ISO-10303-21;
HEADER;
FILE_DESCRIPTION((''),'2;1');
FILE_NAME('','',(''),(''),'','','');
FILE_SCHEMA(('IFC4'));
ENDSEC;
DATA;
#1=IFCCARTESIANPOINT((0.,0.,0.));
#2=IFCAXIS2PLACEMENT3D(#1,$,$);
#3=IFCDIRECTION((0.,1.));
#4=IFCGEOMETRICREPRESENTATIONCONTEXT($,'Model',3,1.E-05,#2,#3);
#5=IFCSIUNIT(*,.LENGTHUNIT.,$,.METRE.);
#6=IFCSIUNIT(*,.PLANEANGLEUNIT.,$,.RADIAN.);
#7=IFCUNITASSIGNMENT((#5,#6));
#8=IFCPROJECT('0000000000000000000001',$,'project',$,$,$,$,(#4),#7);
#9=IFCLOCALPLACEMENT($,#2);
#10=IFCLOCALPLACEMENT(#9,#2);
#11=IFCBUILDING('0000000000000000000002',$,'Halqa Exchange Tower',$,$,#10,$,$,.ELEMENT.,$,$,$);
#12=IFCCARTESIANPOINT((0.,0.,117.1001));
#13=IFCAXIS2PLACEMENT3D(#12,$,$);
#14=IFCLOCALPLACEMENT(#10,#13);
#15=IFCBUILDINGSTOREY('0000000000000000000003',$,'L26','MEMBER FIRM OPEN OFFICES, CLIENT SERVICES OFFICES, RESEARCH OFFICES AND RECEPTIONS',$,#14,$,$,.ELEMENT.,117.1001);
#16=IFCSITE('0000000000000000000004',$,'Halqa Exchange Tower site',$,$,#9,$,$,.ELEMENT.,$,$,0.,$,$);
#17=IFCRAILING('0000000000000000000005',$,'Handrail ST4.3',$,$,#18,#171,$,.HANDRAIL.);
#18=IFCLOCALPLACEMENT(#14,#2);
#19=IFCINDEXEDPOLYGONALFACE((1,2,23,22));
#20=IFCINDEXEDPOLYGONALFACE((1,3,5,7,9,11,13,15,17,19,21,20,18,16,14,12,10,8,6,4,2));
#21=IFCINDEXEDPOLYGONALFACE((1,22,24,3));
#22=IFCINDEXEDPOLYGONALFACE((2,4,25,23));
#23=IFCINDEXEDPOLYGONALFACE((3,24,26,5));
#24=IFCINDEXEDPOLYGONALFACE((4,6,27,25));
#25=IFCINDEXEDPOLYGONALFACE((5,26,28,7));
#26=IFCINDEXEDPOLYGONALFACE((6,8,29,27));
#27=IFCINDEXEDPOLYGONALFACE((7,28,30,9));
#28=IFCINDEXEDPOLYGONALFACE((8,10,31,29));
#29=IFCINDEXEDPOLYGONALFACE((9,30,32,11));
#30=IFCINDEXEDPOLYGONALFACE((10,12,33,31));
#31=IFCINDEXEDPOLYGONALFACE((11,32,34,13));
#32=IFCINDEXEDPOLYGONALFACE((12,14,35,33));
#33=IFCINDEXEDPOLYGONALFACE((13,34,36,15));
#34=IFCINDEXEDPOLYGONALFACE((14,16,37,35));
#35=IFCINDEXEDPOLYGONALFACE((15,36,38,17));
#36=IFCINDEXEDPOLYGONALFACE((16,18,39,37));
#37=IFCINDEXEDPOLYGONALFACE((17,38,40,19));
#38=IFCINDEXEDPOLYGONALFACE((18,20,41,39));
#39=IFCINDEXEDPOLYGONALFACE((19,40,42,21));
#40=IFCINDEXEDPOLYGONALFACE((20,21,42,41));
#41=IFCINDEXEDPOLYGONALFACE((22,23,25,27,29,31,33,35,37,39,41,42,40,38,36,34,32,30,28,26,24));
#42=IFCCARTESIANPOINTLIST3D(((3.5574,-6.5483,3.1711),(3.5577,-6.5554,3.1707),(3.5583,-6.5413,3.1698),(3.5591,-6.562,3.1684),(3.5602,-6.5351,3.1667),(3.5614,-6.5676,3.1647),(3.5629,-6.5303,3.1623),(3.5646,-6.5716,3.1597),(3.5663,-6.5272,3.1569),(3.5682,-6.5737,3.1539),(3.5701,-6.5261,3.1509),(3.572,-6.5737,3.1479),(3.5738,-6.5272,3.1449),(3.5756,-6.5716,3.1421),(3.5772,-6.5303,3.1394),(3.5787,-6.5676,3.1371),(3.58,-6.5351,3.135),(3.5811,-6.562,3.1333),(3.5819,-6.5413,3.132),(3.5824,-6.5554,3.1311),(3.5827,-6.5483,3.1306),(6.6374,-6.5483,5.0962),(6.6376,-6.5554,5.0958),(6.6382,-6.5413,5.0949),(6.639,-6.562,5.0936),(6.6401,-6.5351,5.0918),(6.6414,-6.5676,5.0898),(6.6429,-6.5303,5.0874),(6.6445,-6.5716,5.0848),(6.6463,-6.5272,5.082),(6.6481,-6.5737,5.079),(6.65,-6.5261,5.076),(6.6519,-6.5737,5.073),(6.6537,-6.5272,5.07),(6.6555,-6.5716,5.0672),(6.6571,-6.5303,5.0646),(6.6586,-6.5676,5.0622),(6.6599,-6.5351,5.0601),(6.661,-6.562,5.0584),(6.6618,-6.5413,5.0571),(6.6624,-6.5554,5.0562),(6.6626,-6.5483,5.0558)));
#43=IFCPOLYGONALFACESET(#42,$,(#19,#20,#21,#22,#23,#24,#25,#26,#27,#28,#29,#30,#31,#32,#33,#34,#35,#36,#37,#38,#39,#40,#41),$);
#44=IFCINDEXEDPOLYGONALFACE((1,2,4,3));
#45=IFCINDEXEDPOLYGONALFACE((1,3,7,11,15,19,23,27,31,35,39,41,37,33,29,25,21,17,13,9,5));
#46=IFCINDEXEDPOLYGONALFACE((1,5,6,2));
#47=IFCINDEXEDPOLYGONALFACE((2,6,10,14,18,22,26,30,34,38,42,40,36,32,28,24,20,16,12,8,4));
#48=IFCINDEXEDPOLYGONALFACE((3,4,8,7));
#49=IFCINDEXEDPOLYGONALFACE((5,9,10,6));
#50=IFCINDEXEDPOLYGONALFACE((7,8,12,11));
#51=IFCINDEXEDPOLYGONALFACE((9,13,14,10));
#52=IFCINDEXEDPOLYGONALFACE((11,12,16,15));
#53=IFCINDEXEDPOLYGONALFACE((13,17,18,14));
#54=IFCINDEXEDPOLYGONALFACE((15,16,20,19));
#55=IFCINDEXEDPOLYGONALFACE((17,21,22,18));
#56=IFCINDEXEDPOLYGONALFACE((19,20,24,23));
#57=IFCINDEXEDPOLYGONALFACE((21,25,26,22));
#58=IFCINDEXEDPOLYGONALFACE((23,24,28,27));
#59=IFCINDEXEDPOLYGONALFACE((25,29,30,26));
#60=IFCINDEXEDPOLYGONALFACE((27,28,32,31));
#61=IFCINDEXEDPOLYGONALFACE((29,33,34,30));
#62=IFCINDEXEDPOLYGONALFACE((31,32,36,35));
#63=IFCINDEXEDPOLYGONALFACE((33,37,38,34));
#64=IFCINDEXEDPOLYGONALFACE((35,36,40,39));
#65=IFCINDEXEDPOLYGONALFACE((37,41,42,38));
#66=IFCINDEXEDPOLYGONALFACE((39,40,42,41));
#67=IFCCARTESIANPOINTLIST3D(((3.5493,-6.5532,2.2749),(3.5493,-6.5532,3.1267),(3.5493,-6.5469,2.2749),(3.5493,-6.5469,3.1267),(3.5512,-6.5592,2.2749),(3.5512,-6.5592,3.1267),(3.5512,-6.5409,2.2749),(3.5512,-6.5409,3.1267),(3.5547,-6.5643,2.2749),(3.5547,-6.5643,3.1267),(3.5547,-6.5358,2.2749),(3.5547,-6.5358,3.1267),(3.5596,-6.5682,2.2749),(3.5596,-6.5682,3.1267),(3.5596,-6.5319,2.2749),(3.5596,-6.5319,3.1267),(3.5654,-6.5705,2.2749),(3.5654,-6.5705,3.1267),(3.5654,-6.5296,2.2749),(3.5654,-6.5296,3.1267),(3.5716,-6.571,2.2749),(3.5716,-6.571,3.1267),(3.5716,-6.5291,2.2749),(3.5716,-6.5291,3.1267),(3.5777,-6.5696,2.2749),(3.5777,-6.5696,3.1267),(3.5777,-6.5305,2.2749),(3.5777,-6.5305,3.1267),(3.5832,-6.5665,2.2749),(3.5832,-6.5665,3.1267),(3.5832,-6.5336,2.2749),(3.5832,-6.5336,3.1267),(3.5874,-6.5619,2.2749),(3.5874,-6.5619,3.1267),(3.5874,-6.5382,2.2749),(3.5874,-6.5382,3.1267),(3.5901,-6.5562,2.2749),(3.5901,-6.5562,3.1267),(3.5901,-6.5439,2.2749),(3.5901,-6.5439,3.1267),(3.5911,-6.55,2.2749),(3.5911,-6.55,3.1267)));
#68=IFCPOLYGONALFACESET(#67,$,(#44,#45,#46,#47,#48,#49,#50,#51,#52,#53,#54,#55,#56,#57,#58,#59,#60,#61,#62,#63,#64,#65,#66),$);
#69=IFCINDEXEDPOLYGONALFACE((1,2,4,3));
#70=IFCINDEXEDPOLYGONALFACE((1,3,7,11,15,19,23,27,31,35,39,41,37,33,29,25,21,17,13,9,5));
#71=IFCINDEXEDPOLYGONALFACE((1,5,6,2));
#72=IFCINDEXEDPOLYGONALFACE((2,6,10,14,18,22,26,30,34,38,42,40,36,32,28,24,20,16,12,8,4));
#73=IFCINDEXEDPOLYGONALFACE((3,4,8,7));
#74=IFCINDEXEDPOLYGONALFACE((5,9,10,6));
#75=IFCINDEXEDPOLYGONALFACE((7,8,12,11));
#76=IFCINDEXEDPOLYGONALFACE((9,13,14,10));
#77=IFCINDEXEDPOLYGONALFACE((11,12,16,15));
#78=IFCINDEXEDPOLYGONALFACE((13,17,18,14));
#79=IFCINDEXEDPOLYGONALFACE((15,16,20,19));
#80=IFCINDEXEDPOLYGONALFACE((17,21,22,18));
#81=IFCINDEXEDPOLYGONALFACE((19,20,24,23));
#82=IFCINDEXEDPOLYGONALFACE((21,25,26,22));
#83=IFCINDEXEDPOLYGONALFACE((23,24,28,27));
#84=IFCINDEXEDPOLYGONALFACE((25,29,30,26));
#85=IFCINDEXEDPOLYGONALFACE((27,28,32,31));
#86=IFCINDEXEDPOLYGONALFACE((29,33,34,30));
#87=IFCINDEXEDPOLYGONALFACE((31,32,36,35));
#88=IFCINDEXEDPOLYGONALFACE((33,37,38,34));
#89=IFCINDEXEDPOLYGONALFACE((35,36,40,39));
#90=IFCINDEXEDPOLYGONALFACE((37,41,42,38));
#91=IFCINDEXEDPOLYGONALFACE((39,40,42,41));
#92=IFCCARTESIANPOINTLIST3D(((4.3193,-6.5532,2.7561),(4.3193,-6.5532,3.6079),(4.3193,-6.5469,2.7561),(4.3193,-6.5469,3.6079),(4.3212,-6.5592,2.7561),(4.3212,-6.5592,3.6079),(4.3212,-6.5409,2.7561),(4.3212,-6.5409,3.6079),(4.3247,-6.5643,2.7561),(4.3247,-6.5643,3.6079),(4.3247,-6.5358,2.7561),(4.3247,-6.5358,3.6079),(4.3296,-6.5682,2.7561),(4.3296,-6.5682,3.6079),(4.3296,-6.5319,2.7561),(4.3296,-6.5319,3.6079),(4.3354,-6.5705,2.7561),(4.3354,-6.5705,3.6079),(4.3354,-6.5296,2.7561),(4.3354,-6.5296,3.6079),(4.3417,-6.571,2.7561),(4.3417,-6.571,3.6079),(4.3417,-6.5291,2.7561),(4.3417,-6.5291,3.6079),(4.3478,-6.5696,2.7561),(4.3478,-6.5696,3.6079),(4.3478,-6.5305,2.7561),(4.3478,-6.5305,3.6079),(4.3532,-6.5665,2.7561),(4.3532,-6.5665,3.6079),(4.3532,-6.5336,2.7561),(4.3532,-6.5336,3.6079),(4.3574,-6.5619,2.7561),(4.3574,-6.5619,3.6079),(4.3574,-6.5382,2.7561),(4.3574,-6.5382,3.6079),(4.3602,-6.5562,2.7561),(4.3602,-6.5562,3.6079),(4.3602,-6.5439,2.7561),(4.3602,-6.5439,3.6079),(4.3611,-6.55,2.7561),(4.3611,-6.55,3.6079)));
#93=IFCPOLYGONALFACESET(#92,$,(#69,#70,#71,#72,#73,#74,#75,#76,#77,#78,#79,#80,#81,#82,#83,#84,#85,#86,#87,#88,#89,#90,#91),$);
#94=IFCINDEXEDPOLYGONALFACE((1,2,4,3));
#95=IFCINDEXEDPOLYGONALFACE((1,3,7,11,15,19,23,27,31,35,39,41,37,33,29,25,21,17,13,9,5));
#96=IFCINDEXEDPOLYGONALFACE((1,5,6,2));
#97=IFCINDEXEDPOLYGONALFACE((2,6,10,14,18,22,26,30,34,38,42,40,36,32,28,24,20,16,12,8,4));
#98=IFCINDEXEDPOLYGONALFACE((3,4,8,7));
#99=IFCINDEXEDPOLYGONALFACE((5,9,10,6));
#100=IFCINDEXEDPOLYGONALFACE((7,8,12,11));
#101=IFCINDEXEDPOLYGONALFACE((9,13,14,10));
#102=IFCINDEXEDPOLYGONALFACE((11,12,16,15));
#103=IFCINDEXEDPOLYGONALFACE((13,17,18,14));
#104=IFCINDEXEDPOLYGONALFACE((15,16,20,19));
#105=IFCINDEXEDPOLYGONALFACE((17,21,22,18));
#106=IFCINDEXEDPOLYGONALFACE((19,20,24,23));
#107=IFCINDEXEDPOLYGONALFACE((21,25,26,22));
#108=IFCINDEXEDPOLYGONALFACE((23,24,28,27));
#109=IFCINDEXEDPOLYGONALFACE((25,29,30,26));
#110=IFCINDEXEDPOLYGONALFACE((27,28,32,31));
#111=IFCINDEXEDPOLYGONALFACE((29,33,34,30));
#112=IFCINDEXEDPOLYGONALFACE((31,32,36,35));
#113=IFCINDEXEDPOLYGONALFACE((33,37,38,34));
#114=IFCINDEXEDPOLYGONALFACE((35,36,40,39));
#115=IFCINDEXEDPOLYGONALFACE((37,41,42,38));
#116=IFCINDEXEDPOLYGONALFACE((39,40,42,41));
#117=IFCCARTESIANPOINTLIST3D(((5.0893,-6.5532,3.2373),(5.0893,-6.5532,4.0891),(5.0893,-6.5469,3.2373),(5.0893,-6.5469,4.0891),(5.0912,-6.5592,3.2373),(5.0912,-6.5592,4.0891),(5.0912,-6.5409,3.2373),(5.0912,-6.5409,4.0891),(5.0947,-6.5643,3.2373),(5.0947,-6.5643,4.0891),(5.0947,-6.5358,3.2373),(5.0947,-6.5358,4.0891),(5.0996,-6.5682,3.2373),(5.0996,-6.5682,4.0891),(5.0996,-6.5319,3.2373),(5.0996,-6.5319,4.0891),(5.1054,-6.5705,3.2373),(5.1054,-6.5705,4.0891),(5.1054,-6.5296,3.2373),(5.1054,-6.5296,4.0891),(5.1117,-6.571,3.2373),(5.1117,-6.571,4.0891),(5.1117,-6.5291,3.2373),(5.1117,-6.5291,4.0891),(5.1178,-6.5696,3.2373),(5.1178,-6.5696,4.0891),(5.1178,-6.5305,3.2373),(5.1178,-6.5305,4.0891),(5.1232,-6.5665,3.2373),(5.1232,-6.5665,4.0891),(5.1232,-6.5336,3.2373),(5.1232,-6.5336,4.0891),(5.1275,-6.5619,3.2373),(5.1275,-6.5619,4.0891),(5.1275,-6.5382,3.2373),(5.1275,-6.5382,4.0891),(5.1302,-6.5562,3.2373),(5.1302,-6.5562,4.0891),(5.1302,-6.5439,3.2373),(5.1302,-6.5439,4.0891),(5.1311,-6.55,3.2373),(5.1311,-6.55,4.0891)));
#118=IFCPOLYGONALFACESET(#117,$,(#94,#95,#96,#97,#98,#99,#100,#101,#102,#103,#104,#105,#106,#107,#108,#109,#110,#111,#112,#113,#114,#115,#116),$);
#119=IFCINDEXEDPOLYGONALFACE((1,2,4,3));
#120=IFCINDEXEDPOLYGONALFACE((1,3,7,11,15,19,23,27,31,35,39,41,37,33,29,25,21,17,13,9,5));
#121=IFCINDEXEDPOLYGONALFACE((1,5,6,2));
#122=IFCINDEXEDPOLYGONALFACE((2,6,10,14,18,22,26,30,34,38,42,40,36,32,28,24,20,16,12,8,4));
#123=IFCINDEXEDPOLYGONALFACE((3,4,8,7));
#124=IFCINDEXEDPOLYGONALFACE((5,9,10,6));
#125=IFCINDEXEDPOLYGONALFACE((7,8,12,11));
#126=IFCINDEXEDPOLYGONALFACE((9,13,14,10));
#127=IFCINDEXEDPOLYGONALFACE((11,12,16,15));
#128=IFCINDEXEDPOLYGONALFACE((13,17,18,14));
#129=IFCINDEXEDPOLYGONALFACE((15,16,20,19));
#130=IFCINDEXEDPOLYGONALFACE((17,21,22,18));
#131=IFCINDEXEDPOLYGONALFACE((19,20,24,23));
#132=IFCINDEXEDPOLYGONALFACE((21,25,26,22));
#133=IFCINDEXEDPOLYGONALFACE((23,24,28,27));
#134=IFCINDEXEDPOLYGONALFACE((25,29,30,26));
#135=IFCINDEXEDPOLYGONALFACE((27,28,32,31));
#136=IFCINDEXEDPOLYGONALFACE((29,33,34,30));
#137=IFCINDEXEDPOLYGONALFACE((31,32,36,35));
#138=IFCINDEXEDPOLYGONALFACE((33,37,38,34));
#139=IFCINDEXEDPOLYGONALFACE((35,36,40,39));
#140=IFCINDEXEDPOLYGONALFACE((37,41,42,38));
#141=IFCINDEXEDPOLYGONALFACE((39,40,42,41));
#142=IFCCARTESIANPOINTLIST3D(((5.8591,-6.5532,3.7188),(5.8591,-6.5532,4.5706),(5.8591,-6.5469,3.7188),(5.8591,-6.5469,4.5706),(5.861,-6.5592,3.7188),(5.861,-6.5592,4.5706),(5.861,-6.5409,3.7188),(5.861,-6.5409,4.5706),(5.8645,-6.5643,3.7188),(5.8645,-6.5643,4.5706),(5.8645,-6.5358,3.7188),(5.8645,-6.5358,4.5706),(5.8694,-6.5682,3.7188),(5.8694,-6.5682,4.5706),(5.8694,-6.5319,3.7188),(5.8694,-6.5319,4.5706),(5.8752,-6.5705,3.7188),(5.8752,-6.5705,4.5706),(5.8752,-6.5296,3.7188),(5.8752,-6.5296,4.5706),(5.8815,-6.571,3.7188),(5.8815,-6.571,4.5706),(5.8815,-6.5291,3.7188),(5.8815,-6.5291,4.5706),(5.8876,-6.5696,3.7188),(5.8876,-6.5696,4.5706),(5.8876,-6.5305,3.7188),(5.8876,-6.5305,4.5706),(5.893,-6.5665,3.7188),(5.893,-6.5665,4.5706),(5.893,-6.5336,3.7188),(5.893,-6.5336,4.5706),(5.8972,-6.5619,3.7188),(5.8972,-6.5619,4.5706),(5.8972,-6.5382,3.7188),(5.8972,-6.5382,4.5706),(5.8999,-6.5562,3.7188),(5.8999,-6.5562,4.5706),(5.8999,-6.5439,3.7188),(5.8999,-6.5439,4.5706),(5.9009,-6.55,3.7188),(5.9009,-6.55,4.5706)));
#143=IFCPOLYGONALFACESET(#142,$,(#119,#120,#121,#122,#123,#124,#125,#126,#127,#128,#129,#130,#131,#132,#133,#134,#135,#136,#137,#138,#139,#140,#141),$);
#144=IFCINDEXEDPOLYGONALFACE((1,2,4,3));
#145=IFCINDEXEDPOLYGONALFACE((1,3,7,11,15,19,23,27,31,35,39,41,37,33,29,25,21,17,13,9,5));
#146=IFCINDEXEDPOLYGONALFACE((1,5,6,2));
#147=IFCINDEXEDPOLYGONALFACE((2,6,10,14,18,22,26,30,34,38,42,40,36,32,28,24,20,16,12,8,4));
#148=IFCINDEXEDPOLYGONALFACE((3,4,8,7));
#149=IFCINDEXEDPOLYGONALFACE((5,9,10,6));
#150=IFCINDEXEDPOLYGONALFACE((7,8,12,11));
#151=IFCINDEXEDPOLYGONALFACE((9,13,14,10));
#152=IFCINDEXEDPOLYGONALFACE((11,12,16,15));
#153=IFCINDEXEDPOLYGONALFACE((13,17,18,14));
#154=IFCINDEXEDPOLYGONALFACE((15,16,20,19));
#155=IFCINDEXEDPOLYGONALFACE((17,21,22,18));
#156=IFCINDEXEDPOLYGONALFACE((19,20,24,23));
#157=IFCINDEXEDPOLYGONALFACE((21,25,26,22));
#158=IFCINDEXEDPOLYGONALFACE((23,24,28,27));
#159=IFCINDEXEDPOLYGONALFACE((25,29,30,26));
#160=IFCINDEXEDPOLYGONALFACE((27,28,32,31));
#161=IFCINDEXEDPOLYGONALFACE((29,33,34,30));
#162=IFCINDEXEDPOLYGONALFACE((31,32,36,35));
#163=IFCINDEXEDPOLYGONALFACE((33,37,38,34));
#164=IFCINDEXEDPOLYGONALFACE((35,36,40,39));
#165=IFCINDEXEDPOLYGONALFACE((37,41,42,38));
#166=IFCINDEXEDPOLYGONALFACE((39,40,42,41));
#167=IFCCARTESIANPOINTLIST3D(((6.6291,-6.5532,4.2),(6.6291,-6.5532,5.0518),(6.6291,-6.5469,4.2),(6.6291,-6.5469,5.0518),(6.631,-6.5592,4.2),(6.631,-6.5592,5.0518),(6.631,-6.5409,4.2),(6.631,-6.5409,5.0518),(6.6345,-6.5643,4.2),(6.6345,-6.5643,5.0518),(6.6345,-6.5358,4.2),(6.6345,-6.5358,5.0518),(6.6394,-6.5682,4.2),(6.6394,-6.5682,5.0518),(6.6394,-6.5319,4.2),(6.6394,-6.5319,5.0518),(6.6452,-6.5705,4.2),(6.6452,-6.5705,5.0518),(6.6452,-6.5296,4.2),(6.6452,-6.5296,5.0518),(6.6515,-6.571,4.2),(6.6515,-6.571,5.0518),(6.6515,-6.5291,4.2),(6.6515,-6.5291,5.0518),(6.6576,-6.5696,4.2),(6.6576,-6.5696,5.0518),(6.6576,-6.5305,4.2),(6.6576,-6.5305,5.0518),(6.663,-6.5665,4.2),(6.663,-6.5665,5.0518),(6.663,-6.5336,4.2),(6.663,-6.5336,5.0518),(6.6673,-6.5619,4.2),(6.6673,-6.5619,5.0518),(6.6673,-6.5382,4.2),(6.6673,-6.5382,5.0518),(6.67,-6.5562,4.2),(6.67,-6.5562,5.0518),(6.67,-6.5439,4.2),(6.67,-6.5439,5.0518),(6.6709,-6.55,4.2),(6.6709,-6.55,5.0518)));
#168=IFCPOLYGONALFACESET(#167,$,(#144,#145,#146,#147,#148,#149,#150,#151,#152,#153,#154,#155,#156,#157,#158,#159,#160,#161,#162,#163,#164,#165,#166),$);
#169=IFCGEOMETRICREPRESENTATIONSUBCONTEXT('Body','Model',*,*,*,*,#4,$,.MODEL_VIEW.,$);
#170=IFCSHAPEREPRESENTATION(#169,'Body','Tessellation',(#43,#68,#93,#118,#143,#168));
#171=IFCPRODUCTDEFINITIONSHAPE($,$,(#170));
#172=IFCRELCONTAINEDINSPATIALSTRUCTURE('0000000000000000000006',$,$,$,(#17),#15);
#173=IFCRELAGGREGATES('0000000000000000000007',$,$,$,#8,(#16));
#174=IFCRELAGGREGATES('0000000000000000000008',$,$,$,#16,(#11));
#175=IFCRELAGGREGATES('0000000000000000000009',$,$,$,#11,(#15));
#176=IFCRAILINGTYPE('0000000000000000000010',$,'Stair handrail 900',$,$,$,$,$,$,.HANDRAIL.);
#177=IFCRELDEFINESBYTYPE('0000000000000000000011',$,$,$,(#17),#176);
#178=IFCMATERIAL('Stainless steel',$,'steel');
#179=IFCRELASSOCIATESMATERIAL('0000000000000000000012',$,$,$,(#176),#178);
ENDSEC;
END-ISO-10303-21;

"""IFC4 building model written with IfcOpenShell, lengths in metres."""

from ifc_helpers import new_model, si_unit, direction, frame, origin, origin_2d, place, context, subcontext, project, spatial, circle, extrude, material, type_object, element, save


model = new_model("IFC4")

# Units and contexts
model_context = context("Model", 3, precision=1e-05, world=origin(), true_north=direction((0.0, 1.0)))
body_context = subcontext(model_context, "Body", "Model", "MODEL_VIEW")
ifc_project = project(units=[si_unit("LENGTHUNIT", "METRE"), si_unit("PLANEANGLEUNIT", "RADIAN")], contexts=[model_context])

# Site, building, storey
site_placement = place(None, origin())
site = spatial("IfcSite", under=ifc_project, at=site_placement, Name="Halqa Exchange Tower site", CompositionType="ELEMENT", RefElevation=0.0)
building_placement = place(site_placement, origin())
building = spatial("IfcBuilding", under=site, at=building_placement, Name="Halqa Exchange Tower", CompositionType="ELEMENT")
storey_placement = place(building_placement, frame((0.0, 0.0, 117.1001)))
storey = spatial("IfcBuildingStorey", under=building, at=storey_placement, Name="L26", Description="MEMBER FIRM OPEN OFFICES, CLIENT SERVICES OFFICES, RESEARCH OFFICES AND RECEPTIONS", CompositionType="ELEMENT", Elevation=117.1001)

# Railing
ifc_material_1 = material(Name="Stainless steel", Category="steel")
railing_type_1 = type_object("IfcRailingType", Name="Stair handrail 900", PredefinedType="HANDRAIL", material=ifc_material_1)
railing_1_placement = place(storey_placement, frame((3.5701, -6.55, 2.2749)))
element("IfcRailing", 1, at=railing_1_placement, inside=storey, type_object=railing_type_1, Name="Handrail ST4.3", PredefinedType="HANDRAIL", context=body_context, shape_type="SweptSolid", body=[
    extrude(circle(Radius=0.0239, at=origin_2d()), frame((0.0, 0.0, 0.876), z_axis=(0.847979, 0.0, 0.530029), x_axis=(0.0, 1.0, 0.0)), (0.0, 0.0, 1.0), 3.6321),
    extrude(circle(Radius=0.021, at=origin_2d()), origin(), (0.0, 0.0, 1.0), 0.8518),
    extrude(circle(Radius=0.021, at=origin_2d()), frame((0.77, 0.0, 0.4812)), (0.0, 0.0, 1.0), 0.8518),
    extrude(circle(Radius=0.021, at=origin_2d()), frame((1.54, 0.0, 0.9624)), (0.0, 0.0, 1.0), 0.8518),
    extrude(circle(Radius=0.021, at=origin_2d()), frame((2.3098, 0.0, 1.4438)), (0.0, 0.0, 1.0), 0.8518),
    extrude(circle(Radius=0.021, at=origin_2d()), frame((3.0798, 0.0, 1.925)), (0.0, 0.0, 1.0), 0.8518),
])

save(model, "model.ifc")
